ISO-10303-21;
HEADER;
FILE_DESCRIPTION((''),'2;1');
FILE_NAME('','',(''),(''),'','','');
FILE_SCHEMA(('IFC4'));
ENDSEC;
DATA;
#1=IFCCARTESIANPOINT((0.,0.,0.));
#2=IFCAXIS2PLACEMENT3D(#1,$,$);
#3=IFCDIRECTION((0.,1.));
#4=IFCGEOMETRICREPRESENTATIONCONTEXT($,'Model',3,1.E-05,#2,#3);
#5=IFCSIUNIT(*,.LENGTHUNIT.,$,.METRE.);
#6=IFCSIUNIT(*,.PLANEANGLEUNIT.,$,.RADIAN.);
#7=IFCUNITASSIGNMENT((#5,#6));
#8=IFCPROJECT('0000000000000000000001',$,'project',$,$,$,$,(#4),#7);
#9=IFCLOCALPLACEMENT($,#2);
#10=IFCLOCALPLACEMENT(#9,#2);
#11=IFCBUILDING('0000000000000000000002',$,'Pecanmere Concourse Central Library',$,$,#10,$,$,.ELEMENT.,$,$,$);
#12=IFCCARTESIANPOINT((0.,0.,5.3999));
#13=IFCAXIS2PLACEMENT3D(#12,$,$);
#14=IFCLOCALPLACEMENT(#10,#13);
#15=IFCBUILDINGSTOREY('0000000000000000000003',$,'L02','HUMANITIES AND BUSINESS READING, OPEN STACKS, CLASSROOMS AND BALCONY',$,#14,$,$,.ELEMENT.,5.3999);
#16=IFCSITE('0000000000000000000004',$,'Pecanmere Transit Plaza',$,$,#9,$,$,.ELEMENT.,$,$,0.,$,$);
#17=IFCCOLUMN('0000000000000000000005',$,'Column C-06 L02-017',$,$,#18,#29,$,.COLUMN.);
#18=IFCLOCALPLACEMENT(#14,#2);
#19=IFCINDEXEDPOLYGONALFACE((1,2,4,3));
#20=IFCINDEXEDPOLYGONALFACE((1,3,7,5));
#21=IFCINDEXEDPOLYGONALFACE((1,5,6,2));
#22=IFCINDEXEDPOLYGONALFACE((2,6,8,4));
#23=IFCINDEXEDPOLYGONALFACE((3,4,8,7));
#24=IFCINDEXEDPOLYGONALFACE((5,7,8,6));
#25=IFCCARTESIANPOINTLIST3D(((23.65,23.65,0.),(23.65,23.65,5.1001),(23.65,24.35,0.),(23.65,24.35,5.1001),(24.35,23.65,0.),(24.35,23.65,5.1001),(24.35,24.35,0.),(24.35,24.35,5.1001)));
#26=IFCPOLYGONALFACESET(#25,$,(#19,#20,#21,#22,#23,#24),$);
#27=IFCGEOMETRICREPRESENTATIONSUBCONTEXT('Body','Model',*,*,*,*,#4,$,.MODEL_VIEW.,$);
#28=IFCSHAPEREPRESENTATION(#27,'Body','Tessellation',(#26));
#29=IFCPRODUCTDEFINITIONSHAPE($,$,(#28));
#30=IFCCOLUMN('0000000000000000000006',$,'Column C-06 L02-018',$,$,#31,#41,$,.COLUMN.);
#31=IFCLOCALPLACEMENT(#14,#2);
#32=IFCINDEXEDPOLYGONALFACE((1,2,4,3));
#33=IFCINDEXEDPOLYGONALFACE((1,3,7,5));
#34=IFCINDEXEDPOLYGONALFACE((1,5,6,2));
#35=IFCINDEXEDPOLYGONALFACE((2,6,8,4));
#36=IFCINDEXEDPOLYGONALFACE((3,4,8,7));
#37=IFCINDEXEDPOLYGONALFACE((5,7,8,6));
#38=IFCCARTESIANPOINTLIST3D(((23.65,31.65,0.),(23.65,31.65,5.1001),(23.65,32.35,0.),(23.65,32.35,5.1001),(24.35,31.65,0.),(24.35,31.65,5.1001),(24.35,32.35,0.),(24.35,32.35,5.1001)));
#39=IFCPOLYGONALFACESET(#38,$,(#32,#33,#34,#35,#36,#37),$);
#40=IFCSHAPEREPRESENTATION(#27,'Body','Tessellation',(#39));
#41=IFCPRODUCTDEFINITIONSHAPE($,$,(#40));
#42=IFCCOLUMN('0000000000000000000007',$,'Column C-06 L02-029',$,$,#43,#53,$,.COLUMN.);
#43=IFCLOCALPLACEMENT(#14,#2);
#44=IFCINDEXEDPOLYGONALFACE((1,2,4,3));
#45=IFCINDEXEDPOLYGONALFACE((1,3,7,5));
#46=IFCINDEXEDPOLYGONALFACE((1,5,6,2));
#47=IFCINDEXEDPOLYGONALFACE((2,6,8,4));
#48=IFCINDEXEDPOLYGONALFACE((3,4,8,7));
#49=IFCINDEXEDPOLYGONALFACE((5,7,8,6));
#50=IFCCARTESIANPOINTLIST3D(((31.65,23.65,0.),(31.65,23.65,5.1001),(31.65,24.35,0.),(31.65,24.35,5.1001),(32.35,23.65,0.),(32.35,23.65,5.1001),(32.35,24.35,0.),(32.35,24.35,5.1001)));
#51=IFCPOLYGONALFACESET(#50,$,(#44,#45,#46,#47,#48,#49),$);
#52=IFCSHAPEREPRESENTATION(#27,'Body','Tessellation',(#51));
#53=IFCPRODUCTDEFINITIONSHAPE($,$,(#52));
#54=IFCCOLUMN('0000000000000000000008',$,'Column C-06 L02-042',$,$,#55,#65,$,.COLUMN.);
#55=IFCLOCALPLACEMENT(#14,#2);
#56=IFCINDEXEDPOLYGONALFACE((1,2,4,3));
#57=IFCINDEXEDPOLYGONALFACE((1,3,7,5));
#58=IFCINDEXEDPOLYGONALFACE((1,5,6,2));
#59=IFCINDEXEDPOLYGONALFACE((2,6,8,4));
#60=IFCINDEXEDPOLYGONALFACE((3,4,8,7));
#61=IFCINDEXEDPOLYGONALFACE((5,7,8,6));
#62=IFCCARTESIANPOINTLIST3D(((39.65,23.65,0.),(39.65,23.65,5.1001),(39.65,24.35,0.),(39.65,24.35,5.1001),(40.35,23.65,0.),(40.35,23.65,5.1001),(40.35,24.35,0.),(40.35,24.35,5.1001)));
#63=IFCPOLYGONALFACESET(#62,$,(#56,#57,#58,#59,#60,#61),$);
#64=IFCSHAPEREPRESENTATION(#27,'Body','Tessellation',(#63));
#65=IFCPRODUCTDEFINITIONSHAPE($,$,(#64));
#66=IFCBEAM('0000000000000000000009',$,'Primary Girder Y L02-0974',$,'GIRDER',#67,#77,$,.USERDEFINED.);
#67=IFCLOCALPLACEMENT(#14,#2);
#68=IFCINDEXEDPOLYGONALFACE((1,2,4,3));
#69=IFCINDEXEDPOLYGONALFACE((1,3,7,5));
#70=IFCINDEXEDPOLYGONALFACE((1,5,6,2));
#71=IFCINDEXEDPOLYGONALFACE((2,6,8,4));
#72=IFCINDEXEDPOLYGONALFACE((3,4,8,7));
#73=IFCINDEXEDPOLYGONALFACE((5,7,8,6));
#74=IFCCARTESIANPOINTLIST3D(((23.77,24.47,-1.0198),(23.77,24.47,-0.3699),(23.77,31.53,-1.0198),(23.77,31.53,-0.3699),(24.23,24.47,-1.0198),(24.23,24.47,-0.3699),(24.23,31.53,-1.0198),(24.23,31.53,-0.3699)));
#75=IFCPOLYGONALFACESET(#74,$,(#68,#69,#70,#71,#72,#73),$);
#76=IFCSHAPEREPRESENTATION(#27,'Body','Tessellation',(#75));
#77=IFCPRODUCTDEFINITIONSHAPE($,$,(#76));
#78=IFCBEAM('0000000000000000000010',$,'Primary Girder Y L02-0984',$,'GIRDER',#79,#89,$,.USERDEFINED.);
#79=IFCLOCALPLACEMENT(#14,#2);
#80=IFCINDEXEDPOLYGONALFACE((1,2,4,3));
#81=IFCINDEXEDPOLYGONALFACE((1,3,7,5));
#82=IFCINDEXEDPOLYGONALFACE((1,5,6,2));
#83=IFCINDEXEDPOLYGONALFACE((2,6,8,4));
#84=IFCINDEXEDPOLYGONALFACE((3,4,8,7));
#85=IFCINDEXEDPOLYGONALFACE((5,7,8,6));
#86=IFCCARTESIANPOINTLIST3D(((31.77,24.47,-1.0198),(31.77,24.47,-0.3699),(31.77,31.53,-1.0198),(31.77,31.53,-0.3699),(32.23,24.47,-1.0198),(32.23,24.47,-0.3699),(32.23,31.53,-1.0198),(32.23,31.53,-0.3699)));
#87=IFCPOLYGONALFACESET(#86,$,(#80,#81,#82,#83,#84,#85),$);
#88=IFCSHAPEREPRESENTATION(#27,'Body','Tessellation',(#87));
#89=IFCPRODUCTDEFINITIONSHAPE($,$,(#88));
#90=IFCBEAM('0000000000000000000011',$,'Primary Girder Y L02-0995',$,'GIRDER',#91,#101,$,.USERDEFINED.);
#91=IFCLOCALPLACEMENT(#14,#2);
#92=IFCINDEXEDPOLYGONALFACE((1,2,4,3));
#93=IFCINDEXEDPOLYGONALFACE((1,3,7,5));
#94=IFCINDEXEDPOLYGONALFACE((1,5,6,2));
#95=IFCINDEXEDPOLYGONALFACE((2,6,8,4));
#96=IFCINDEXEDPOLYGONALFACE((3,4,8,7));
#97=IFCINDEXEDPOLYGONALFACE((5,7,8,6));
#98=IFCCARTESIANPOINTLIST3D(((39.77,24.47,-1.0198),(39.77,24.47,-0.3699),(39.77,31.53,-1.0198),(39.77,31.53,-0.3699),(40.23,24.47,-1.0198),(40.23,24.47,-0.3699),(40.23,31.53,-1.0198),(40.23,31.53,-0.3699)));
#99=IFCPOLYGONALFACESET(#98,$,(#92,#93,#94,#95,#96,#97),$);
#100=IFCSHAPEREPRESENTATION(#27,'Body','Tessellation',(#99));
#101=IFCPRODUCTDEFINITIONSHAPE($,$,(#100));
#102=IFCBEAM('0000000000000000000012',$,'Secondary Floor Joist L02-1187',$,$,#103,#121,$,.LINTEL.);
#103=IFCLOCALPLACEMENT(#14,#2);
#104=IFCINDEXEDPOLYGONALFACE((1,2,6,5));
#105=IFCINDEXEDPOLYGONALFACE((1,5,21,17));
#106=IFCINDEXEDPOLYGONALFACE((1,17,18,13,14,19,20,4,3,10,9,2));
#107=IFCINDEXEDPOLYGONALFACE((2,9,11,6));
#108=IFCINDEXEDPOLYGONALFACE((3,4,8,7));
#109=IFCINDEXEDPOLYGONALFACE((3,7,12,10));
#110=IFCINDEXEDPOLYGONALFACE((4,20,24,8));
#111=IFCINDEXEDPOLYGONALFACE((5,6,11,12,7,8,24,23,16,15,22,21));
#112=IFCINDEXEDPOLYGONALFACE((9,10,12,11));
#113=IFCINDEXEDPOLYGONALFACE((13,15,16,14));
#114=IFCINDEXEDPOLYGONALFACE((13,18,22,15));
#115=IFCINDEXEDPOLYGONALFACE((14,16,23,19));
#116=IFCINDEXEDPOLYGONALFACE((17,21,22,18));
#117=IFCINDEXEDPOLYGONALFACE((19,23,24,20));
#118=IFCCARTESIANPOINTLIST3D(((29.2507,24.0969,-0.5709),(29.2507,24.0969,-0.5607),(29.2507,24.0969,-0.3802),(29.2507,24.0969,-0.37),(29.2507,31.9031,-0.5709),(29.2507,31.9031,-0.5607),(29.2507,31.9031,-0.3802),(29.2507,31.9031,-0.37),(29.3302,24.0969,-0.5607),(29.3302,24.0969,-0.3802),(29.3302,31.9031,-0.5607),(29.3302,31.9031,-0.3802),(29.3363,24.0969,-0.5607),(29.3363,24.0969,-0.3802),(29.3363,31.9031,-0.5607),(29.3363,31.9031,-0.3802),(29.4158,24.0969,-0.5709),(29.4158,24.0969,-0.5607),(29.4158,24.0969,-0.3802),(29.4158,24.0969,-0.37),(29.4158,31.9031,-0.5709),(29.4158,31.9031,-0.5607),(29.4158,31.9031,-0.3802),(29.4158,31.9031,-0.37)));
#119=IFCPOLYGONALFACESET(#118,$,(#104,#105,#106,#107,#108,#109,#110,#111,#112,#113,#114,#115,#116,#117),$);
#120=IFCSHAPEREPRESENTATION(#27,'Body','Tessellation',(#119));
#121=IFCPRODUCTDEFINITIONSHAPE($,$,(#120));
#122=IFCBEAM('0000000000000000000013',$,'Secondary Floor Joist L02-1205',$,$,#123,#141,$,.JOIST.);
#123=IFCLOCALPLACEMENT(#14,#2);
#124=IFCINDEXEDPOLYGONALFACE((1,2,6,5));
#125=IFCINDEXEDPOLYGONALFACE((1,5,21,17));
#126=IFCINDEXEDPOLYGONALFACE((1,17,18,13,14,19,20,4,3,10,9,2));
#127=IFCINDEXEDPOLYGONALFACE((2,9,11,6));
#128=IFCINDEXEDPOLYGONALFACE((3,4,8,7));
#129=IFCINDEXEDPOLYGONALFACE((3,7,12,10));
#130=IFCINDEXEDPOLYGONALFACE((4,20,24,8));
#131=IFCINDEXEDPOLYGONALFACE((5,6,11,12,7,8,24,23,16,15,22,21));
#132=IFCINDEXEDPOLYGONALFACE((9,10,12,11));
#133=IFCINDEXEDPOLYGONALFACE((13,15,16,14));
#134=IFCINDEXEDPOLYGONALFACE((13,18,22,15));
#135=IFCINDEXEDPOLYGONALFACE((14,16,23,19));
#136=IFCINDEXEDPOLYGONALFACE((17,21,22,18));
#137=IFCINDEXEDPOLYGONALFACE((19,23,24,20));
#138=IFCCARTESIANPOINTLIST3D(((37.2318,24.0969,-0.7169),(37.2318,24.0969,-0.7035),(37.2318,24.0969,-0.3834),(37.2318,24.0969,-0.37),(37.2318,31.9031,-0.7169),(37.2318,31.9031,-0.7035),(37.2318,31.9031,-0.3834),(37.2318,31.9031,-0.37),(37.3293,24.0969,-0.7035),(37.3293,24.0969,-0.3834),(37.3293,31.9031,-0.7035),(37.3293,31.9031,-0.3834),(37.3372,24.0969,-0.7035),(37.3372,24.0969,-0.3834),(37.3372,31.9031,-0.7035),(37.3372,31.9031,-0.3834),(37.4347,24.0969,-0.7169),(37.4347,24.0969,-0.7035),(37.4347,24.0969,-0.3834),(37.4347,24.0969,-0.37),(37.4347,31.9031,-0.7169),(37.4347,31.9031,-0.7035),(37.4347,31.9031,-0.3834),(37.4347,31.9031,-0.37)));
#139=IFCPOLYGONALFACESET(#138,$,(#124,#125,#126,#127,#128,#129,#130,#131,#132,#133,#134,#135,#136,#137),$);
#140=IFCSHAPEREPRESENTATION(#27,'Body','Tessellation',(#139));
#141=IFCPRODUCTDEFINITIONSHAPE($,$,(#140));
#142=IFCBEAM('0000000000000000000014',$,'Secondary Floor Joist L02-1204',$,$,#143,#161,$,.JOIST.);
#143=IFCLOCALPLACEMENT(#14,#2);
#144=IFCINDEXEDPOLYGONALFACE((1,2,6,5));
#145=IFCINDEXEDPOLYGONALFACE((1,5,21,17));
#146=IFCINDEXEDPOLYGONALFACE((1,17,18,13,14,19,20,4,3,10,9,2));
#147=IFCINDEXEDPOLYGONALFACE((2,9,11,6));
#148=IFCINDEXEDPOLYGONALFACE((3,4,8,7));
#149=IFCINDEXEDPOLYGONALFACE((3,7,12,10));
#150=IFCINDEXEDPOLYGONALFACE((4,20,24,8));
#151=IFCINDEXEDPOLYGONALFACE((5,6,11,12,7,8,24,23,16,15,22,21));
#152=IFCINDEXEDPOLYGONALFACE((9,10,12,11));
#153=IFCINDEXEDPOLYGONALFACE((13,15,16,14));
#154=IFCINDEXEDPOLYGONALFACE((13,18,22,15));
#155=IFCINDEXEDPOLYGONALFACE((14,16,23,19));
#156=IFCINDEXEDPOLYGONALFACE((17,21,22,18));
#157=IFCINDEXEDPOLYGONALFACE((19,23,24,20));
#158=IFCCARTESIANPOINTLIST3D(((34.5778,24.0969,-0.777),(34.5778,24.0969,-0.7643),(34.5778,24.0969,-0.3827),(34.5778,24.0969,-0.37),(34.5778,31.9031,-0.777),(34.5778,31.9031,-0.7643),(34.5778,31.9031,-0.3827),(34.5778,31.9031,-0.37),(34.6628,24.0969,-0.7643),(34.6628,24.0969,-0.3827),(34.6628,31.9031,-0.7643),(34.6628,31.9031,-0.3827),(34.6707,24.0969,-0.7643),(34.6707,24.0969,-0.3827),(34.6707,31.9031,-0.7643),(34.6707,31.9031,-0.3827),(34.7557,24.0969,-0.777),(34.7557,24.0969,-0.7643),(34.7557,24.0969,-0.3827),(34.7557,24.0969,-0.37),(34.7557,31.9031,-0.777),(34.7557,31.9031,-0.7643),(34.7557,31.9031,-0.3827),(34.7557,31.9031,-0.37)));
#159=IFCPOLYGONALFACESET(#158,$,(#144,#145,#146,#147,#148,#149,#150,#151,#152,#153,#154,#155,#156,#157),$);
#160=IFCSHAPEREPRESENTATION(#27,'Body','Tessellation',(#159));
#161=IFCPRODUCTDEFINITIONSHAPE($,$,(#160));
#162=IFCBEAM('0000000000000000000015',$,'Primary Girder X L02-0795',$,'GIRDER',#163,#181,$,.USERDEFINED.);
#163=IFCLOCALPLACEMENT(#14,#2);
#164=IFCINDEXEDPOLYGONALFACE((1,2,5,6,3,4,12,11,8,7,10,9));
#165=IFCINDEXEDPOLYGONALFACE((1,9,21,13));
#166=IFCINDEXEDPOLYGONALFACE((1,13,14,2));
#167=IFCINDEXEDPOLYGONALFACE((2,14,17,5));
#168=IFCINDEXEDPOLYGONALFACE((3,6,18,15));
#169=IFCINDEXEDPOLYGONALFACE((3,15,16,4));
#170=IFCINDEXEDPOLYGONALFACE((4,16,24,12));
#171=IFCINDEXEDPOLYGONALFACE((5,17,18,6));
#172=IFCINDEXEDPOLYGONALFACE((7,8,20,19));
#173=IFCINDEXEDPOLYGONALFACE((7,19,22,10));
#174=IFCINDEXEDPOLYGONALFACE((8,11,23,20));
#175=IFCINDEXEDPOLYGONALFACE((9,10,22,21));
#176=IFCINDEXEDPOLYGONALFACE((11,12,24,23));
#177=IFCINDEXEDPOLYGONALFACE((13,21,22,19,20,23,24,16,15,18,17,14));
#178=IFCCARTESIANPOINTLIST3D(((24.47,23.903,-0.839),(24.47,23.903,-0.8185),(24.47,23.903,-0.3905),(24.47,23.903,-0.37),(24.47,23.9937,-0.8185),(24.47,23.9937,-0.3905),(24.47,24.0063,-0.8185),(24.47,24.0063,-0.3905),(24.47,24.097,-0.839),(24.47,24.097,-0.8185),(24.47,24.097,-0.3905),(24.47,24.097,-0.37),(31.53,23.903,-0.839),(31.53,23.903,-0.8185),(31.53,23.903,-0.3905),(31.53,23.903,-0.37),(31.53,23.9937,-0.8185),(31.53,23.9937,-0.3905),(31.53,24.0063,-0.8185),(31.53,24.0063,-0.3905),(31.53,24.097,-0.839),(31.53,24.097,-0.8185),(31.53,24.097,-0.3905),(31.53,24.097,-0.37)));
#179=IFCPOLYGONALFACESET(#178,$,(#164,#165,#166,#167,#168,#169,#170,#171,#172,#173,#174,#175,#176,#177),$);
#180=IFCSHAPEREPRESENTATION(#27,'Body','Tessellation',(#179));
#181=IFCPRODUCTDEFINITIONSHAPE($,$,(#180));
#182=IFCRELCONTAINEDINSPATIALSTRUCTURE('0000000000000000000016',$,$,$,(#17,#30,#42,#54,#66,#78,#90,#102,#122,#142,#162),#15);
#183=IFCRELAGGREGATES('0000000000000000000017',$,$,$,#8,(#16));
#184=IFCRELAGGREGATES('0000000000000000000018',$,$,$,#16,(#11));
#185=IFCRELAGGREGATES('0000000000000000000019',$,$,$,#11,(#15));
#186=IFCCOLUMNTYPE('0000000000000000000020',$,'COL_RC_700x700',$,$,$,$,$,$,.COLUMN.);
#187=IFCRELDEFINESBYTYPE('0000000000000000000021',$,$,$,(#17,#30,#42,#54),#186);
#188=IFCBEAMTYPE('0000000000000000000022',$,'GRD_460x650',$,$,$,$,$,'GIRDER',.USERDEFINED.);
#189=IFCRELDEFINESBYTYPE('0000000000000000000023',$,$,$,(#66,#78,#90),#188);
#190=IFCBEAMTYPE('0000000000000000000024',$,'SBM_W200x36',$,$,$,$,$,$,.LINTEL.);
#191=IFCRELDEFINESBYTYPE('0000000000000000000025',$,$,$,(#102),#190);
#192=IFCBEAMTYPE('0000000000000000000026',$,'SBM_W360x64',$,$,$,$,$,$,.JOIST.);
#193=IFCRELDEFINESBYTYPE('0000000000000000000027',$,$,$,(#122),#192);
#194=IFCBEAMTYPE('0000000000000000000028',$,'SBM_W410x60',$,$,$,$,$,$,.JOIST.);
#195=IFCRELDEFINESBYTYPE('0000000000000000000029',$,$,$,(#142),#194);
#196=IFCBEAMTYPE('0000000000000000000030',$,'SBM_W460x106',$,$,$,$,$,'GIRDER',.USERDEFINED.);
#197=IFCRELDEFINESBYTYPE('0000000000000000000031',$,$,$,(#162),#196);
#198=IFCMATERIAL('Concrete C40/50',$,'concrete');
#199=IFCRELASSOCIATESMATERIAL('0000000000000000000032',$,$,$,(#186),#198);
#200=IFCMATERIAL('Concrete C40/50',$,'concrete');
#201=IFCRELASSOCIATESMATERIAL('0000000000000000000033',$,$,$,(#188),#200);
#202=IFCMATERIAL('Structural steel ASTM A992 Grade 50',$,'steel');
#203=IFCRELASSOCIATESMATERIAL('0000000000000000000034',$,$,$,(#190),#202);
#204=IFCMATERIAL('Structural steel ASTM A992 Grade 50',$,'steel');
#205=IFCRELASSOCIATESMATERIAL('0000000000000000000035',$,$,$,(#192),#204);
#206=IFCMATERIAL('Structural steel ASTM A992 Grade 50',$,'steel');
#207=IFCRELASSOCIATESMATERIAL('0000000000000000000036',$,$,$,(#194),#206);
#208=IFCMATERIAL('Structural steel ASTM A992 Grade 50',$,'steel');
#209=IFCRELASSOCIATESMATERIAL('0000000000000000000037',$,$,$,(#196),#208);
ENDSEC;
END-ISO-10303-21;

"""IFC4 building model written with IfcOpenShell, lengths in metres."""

from ifc_helpers import new_model, si_unit, direction, frame, origin, origin_2d, place, context, subcontext, project, spatial, rectangle, i_section, extrude, material, material_profile, profile_set, type_object, element, save


model = new_model("IFC4")

# Units and contexts
model_context = context("Model", 3, precision=1e-05, world=origin(), true_north=direction((0.0, 1.0)))
body_context = subcontext(model_context, "Body", "Model", "MODEL_VIEW")
ifc_project = project(units=[si_unit("LENGTHUNIT", "METRE"), si_unit("PLANEANGLEUNIT", "RADIAN")], contexts=[model_context])

# Site, building, storey
site_placement = place(None, origin())
site = spatial("IfcSite", under=ifc_project, at=site_placement, Name="Pecanmere Transit Plaza", CompositionType="ELEMENT", RefElevation=0.0)
building_placement = place(site_placement, origin())
building = spatial("IfcBuilding", under=site, at=building_placement, Name="Pecanmere Concourse Central Library", CompositionType="ELEMENT")
storey_placement = place(building_placement, frame((0.0, 0.0, 5.3999)))
storey = spatial("IfcBuildingStorey", under=building, at=storey_placement, Name="L02", Description="HUMANITIES AND BUSINESS READING, OPEN STACKS, CLASSROOMS AND BALCONY", CompositionType="ELEMENT", Elevation=5.3999)

# Columns
ifc_material_1 = material(Name="Concrete C40/50", Category="concrete")
ifc_material_profile_1 = material_profile(ifc_material_1, rectangle(XDim=0.7, YDim=0.7, at=origin_2d()), Name="RC 700x700")
ifc_profile_set_1 = profile_set([ifc_material_profile_1], Name="Concrete C40/50")
column_type = type_object("IfcColumnType", Name="COL_RC_700x700", PredefinedType="COLUMN", material=ifc_profile_set_1)
for number, where, z_axis, x_axis, name in (
    (1, (24.0, 24.0, 0.0), (0.0, 0.0, 1.0), (1.0, 0.0, 0.0), "Column C-06 L02-017"),
    (2, (24.0, 32.0, 0.0), (0.0, 0.0, 1.0), (1.0, 0.0, 0.0), "Column C-06 L02-018"),
    (3, (32.0, 24.0, 0.0), (0.0, 0.0, 1.0), (1.0, 0.0, 0.0), "Column C-06 L02-029"),
    (4, (40.0, 24.0, 0.0), (0.0, 0.0, 1.0), (1.0, 0.0, 0.0), "Column C-06 L02-042"),
):
    element("IfcColumn", number, at=place(storey_placement, frame(where, z_axis=z_axis, x_axis=x_axis)), inside=storey, type_object=column_type, Name=name, PredefinedType="COLUMN", context=body_context, shape_type="SweptSolid", body=[
        extrude(rectangle(XDim=0.7, YDim=0.7, at=origin_2d()), origin(), (0.0, 0.0, 1.0), 5.1001),
    ])

# Beams
ifc_material_2 = material(Name="Concrete C40/50", Category="concrete")
ifc_material_profile_2 = material_profile(ifc_material_2, rectangle(XDim=0.46, YDim=0.6499, at=origin_2d()), Name="RC 460x650")
ifc_profile_set_2 = profile_set([ifc_material_profile_2], Name="Concrete C40/50")
beam_type_1 = type_object("IfcBeamType", Name="GRD_460x650", ElementType="GIRDER", PredefinedType="USERDEFINED", material=ifc_profile_set_2)
for number, where, z_axis, x_axis, name in (
    (5, (24.0, 24.47, -0.6948), (0.0, 1.0, 0.0), (-1.0, 0.0, 0.0), "Primary Girder Y L02-0974"),
    (6, (32.0, 24.47, -0.6948), (0.0, 1.0, 0.0), (-1.0, 0.0, 0.0), "Primary Girder Y L02-0984"),
    (7, (40.0, 24.47, -0.6948), (0.0, 1.0, 0.0), (-1.0, 0.0, 0.0), "Primary Girder Y L02-0995"),
):
    element("IfcBeam", number, at=place(storey_placement, frame(where, z_axis=z_axis, x_axis=x_axis)), inside=storey, type_object=beam_type_1, Name=name, ObjectType="GIRDER", PredefinedType="USERDEFINED", context=body_context, shape_type="SweptSolid", body=[
        extrude(rectangle(XDim=0.46, YDim=0.6499, at=origin_2d()), origin(), (0.0, 0.0, 1.0), 7.0601),
    ])
ifc_material_3 = material(Name="Structural steel ASTM A992 Grade 50", Category="steel")
ifc_material_profile_3 = material_profile(ifc_material_3, i_section(OverallWidth=0.165, OverallDepth=0.2009, WebThickness=0.0061, FlangeThickness=0.0103, at=origin_2d()), Name="W200x35.9")
ifc_profile_set_3 = profile_set([ifc_material_profile_3], Name="Structural steel ASTM A992 Grade 50")
beam_type_2 = type_object("IfcBeamType", Name="SBM_W200x36", PredefinedType="LINTEL", material=ifc_profile_set_3)
beam_1_placement = place(storey_placement, frame((29.3333, 24.0969, -0.4705), z_axis=(0.0, 1.0, 0.0), x_axis=(-1.0, 0.0, 0.0)))
element("IfcBeam", 8, at=beam_1_placement, inside=storey, type_object=beam_type_2, Name="Secondary Floor Joist L02-1187", PredefinedType="LINTEL", context=body_context, shape_type="SweptSolid", body=[
    extrude(i_section(OverallWidth=0.165, OverallDepth=0.2009, WebThickness=0.0061, FlangeThickness=0.0103, at=origin_2d()), origin(), (0.0, 0.0, 1.0), 7.8062),
])
ifc_material_4 = material(Name="Structural steel ASTM A992 Grade 50", Category="steel")
ifc_material_profile_4 = material_profile(ifc_material_4, i_section(OverallWidth=0.2029, OverallDepth=0.3469, WebThickness=0.0078, FlangeThickness=0.0134, at=origin_2d()), Name="W360x64")
ifc_profile_set_4 = profile_set([ifc_material_profile_4], Name="Structural steel ASTM A992 Grade 50")
beam_type_3 = type_object("IfcBeamType", Name="SBM_W360x64", PredefinedType="JOIST", material=ifc_profile_set_4)
beam_2_placement = place(storey_placement, frame((37.3333, 24.0969, -0.5435), z_axis=(0.0, 1.0, 0.0), x_axis=(-1.0, 0.0, 0.0)))
element("IfcBeam", 9, at=beam_2_placement, inside=storey, type_object=beam_type_3, Name="Secondary Floor Joist L02-1205", PredefinedType="JOIST", context=body_context, shape_type="SweptSolid", body=[
    extrude(i_section(OverallWidth=0.2029, OverallDepth=0.3469, WebThickness=0.0078, FlangeThickness=0.0134, at=origin_2d()), origin(), (0.0, 0.0, 1.0), 7.8062),
])
ifc_material_5 = material(Name="Structural steel ASTM A992 Grade 50", Category="steel")
ifc_material_profile_5 = material_profile(ifc_material_5, i_section(OverallWidth=0.178, OverallDepth=0.407, WebThickness=0.0078, FlangeThickness=0.0127, at=origin_2d()), Name="W410x60")
ifc_profile_set_5 = profile_set([ifc_material_profile_5], Name="Structural steel ASTM A992 Grade 50")
beam_type_4 = type_object("IfcBeamType", Name="SBM_W410x60", PredefinedType="JOIST", material=ifc_profile_set_5)
beam_3_placement = place(storey_placement, frame((34.6667, 24.0969, -0.5735), z_axis=(0.0, 1.0, 0.0), x_axis=(-1.0, 0.0, 0.0)))
element("IfcBeam", 10, at=beam_3_placement, inside=storey, type_object=beam_type_4, Name="Secondary Floor Joist L02-1204", PredefinedType="JOIST", context=body_context, shape_type="SweptSolid", body=[
    extrude(i_section(OverallWidth=0.178, OverallDepth=0.407, WebThickness=0.0078, FlangeThickness=0.0127, at=origin_2d()), origin(), (0.0, 0.0, 1.0), 7.8062),
])
ifc_material_6 = material(Name="Structural steel ASTM A992 Grade 50", Category="steel")
ifc_material_profile_6 = material_profile(ifc_material_6, i_section(OverallWidth=0.1941, OverallDepth=0.469, WebThickness=0.0127, FlangeThickness=0.0205, at=origin_2d()), Name="W460x106")
ifc_profile_set_6 = profile_set([ifc_material_profile_6], Name="Structural steel ASTM A992 Grade 50")
beam_type_5 = type_object("IfcBeamType", Name="SBM_W460x106", ElementType="GIRDER", PredefinedType="USERDEFINED", material=ifc_profile_set_6)
for number, where, z_axis, x_axis, name in (
    (11, (24.47, 24.0, -0.6045), (1.0, 0.0, 0.0), (0.0, 1.0, 0.0), "Primary Girder X L02-0795"),
):
    element("IfcBeam", number, at=place(storey_placement, frame(where, z_axis=z_axis, x_axis=x_axis)), inside=storey, type_object=beam_type_5, Name=name, ObjectType="GIRDER", PredefinedType="USERDEFINED", context=body_context, shape_type="SweptSolid", body=[
        extrude(i_section(OverallWidth=0.1941, OverallDepth=0.469, WebThickness=0.0127, FlangeThickness=0.0205, at=origin_2d()), origin(), (0.0, 0.0, 1.0), 7.0601),
    ])

save(model, "model.ifc")
